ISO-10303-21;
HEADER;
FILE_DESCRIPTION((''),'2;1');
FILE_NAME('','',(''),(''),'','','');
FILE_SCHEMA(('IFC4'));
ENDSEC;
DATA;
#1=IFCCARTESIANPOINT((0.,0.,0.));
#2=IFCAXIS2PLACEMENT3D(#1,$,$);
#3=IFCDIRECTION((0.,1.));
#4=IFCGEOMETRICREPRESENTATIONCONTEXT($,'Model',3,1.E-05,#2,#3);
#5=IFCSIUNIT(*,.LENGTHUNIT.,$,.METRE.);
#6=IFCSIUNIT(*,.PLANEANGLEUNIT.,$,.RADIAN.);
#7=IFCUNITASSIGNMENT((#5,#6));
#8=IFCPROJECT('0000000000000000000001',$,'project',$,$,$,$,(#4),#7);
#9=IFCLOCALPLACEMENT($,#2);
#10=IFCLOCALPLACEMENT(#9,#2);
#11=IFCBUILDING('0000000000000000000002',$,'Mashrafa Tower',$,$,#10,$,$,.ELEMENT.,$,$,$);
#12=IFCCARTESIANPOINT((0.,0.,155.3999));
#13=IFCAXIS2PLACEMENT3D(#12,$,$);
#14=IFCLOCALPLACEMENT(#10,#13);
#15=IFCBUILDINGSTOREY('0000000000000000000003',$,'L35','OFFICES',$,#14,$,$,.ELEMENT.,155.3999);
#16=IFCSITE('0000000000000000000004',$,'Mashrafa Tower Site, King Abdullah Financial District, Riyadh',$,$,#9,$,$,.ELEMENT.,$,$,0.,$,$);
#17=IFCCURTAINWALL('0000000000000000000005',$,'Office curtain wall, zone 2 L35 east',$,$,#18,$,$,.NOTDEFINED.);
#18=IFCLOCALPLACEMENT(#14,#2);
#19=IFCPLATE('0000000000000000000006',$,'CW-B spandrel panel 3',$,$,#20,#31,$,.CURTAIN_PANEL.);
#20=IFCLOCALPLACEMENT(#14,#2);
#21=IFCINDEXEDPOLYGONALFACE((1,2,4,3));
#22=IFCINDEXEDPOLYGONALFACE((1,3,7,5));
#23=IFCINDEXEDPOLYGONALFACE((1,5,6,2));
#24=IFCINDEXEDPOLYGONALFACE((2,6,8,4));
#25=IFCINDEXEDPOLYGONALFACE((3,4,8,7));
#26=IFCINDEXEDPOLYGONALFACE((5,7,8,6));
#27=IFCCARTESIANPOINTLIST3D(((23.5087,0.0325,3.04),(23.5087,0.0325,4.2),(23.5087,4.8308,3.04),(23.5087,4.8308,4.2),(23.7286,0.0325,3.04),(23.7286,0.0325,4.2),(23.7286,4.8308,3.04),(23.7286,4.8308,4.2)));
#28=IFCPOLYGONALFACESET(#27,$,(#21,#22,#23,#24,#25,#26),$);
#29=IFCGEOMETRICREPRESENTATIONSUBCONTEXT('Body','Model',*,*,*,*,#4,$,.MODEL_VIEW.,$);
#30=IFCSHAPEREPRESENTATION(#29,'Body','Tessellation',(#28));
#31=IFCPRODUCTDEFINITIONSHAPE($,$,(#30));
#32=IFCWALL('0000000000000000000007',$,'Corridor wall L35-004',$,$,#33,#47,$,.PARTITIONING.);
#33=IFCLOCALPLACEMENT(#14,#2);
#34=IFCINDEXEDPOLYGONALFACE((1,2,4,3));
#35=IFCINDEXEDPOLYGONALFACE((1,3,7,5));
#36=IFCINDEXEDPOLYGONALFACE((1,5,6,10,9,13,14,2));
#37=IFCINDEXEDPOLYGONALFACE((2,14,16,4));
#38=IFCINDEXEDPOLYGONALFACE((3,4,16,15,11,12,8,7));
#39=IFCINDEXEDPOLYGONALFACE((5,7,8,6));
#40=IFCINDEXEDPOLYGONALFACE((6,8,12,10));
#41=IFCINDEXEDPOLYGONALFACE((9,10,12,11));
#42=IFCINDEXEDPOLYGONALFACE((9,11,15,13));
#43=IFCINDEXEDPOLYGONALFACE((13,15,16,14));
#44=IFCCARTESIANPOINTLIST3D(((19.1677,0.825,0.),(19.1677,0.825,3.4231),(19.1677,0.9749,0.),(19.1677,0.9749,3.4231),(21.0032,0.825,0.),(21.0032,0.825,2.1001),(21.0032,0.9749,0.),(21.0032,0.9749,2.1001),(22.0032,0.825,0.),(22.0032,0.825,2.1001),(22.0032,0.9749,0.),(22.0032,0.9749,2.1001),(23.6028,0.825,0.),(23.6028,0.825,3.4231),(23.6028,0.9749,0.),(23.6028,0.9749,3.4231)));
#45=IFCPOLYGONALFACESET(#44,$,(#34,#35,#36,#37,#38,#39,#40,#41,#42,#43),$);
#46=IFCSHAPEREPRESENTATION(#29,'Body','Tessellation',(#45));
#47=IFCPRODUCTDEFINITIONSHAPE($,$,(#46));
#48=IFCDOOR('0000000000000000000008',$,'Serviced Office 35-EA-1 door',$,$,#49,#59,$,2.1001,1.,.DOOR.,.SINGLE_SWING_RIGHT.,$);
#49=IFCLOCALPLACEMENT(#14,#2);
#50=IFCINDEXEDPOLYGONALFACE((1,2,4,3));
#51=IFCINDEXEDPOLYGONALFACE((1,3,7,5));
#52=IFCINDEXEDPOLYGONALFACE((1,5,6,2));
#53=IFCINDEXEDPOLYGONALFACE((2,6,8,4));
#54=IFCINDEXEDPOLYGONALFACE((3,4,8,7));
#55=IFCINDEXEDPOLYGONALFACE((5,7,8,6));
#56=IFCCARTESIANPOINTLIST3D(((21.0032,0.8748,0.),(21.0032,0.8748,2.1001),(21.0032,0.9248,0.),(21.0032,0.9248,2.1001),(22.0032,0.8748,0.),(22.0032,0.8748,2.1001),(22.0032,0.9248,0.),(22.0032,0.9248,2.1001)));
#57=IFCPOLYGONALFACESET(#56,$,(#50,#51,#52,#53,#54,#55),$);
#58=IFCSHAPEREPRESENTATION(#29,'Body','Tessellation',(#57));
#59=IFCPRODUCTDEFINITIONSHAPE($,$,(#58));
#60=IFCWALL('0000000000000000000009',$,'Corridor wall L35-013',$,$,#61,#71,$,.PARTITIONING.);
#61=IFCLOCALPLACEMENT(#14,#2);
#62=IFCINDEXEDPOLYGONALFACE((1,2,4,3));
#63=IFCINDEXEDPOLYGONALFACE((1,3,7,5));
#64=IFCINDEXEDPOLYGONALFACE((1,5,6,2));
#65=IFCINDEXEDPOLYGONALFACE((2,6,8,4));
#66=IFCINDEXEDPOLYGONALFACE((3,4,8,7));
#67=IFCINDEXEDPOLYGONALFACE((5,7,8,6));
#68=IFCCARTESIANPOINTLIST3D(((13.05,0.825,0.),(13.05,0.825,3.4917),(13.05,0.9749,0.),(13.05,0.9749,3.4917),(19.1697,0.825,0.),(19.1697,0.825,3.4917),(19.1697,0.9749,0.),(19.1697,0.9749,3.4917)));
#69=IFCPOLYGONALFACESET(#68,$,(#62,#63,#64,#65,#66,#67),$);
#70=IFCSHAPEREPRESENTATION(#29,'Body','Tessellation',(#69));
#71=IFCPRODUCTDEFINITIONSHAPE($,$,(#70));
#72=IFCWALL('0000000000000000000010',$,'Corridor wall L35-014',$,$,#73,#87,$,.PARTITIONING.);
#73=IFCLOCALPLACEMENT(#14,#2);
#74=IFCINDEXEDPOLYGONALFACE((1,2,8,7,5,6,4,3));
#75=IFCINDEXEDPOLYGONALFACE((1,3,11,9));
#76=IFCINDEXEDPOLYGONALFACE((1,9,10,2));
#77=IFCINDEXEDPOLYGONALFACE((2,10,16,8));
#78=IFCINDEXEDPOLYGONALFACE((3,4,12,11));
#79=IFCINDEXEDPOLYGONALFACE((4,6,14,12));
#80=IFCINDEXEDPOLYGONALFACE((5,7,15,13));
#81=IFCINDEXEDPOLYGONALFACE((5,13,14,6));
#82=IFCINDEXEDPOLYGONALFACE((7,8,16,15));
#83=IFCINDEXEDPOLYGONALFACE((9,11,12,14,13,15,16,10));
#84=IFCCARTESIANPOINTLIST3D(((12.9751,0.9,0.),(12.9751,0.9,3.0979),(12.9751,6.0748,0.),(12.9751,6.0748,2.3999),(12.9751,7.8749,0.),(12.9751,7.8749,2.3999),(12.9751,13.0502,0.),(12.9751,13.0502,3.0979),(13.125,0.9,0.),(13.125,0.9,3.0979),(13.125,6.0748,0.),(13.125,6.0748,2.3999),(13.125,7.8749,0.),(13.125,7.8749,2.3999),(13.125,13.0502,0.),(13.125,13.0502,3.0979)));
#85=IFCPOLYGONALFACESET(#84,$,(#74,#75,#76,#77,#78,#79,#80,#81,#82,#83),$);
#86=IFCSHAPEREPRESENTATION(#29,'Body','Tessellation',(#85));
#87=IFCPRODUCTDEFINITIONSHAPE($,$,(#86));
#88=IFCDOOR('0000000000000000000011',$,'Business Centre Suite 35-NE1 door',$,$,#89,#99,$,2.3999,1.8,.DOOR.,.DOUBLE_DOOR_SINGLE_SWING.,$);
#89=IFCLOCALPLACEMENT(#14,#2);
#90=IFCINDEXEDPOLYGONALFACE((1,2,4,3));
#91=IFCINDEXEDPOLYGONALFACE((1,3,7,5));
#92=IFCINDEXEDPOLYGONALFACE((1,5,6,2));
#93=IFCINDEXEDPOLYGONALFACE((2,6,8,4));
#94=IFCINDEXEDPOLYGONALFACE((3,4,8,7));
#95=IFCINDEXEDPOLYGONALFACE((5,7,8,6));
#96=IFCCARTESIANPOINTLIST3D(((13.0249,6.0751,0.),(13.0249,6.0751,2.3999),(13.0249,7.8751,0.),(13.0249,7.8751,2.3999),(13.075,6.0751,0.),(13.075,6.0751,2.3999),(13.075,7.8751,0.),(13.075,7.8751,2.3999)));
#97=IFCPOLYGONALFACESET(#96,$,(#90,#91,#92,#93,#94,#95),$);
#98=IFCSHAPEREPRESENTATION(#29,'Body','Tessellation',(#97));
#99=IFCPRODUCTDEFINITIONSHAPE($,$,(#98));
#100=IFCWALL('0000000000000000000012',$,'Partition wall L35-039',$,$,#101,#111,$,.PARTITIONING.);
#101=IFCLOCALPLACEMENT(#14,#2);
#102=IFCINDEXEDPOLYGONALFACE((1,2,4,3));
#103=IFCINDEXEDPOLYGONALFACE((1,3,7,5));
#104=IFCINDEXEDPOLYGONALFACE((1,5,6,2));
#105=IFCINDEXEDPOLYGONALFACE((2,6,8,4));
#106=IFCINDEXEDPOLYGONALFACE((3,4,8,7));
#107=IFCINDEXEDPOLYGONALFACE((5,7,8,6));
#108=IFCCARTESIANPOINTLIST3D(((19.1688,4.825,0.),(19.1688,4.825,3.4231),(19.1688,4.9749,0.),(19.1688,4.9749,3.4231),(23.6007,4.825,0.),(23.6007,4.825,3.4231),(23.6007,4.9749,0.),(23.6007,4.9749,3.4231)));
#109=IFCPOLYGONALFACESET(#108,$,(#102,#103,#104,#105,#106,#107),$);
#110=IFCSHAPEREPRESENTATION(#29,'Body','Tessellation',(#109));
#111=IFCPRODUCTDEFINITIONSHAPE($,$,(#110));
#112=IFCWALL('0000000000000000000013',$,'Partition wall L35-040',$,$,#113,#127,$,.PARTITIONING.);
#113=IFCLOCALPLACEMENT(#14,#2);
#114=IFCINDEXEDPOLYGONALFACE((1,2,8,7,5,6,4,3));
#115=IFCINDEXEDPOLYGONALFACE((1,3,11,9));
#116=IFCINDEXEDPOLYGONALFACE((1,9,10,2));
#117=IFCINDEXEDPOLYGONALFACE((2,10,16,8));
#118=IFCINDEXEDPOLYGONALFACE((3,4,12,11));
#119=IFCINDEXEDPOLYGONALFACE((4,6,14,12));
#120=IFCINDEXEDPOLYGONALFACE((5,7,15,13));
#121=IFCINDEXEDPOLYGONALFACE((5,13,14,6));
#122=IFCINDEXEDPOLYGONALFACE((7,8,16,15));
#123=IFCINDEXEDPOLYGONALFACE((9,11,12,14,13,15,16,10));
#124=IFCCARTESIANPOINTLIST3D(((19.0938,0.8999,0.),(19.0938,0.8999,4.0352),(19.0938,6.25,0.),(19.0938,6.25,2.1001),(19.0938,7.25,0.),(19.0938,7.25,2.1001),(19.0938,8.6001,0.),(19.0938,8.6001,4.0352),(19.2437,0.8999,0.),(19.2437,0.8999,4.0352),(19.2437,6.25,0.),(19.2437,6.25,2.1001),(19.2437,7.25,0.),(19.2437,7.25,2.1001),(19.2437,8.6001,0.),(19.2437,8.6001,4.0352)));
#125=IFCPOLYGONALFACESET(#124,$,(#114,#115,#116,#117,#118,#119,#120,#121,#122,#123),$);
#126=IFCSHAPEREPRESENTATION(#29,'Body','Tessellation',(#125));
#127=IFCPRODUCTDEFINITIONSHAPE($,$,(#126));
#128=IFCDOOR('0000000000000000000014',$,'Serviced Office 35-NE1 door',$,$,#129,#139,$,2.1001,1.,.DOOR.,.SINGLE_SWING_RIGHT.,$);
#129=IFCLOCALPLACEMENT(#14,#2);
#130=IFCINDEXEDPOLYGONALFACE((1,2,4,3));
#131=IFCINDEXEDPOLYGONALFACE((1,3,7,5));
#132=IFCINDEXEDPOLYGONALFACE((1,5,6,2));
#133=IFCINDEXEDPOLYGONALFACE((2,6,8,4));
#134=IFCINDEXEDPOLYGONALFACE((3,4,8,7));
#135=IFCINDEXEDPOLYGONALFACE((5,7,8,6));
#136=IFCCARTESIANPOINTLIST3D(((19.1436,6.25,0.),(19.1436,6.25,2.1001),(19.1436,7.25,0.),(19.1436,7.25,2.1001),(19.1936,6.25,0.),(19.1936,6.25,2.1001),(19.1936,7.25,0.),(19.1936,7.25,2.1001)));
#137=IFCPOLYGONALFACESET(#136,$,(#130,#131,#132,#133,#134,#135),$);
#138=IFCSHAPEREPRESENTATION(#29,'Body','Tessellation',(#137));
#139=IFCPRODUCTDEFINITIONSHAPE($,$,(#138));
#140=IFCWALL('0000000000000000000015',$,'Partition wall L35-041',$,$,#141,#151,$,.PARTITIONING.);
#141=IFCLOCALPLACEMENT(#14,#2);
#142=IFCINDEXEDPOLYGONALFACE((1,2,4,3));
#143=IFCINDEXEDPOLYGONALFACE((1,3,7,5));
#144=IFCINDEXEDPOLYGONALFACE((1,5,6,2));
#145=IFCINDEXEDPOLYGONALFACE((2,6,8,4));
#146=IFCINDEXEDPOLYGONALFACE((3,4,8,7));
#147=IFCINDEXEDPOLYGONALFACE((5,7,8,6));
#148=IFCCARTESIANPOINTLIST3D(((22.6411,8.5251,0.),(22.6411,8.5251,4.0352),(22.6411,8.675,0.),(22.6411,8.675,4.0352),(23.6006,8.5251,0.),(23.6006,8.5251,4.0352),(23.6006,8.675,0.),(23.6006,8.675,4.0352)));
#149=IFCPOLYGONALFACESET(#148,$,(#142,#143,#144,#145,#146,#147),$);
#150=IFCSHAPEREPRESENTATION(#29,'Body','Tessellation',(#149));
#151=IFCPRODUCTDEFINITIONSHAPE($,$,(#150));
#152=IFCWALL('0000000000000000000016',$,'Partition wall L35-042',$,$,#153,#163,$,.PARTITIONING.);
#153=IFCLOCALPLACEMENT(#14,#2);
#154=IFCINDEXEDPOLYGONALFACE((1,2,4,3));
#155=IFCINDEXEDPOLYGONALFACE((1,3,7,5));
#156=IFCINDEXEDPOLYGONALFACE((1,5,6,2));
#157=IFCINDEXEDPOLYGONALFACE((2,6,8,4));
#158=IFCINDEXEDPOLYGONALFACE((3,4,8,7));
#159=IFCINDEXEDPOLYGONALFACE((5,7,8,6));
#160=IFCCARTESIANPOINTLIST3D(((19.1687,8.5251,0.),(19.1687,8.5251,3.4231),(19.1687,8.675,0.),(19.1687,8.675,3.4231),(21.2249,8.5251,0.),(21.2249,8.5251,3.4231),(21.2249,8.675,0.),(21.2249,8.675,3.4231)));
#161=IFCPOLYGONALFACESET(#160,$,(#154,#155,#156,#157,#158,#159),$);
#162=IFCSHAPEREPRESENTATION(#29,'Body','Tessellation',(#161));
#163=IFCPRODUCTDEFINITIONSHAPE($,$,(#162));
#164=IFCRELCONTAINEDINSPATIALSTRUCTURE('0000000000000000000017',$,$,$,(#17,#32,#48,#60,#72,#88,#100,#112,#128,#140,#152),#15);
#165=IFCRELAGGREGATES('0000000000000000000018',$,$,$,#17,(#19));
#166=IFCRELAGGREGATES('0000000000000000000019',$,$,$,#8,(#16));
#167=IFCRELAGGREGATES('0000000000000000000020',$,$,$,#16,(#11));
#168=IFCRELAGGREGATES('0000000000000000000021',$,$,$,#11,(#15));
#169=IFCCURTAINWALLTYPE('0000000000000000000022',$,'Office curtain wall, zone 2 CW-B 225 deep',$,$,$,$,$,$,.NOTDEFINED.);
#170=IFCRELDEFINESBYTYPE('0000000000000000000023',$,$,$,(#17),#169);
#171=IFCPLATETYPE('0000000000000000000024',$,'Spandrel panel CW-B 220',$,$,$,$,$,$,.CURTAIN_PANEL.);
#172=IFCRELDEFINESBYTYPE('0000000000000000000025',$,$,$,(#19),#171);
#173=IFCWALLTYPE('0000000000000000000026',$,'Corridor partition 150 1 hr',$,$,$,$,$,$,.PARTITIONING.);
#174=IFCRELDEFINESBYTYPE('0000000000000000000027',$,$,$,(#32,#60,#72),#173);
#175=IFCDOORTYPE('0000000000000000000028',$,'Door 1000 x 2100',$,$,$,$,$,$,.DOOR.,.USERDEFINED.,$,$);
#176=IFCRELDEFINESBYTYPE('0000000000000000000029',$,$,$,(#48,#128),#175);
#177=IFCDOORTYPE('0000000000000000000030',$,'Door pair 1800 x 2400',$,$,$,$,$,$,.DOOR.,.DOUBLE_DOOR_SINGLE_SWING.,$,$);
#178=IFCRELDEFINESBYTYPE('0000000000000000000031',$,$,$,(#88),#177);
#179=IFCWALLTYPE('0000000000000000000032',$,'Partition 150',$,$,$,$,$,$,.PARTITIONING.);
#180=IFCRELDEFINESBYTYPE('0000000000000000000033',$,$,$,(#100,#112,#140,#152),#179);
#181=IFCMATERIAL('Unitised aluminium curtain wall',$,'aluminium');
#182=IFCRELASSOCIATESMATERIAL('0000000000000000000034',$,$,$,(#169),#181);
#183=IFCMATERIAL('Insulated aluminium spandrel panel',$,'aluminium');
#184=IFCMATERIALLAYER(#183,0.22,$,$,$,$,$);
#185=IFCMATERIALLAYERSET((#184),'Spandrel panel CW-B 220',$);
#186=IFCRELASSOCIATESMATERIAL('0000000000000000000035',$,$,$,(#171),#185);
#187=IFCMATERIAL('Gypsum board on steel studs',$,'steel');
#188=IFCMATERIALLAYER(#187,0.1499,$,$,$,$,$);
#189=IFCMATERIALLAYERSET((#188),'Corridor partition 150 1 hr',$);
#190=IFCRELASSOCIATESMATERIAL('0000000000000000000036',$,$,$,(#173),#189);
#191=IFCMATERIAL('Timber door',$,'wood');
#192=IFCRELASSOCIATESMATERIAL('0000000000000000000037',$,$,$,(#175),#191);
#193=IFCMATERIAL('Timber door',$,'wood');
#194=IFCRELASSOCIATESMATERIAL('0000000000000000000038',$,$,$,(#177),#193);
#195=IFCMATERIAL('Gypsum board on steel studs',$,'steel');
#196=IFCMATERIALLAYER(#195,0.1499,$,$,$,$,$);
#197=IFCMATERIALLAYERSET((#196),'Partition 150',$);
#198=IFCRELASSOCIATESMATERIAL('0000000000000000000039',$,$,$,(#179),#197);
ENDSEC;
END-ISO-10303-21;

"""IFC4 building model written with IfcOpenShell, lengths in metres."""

from ifc_helpers import new_model, si_unit, direction, frame, frame_2d, origin, origin_2d, place, context, subcontext, project, spatial, rectangle, extrude, source, transform, mapped, material, layer, layer_set, type_object, element, fill, aggregate, save


model = new_model("IFC4")

# Units and contexts
model_context = context("Model", 3, precision=1e-05, world=origin(), true_north=direction((0.0, 1.0)))
body_context = subcontext(model_context, "Body", "Model", "MODEL_VIEW")
ifc_project = project(units=[si_unit("LENGTHUNIT", "METRE"), si_unit("PLANEANGLEUNIT", "RADIAN")], contexts=[model_context])

# Site, building, storey
site_placement = place(None, origin())
site = spatial("IfcSite", under=ifc_project, at=site_placement, Name="Mashrafa Tower Site, King Abdullah Financial District, Riyadh", CompositionType="ELEMENT", RefElevation=0.0)
building_placement = place(site_placement, origin())
building = spatial("IfcBuilding", under=site, at=building_placement, Name="Mashrafa Tower", CompositionType="ELEMENT")
storey_placement = place(building_placement, frame((0.0, 0.0, 155.3999)))
storey = spatial("IfcBuildingStorey", under=building, at=storey_placement, Name="L35", Description="OFFICES", CompositionType="ELEMENT", Elevation=155.3999)

# Curtain wall
ifc_material_1 = material(Name="Unitised aluminium curtain wall", Category="aluminium")
curtain_wall_type = type_object("IfcCurtainWallType", Name="Office curtain wall, zone 2 CW-B 225 deep", PredefinedType="NOTDEFINED", material=ifc_material_1)
curtain_wall_1_placement = place(storey_placement, origin())
curtain_wall_1 = element("IfcCurtainWall", 1, at=curtain_wall_1_placement, inside=storey, type_object=curtain_wall_type, Name="Office curtain wall, zone 2 L35 east", PredefinedType="NOTDEFINED")

# Plate
ifc_material_2 = material(Name="Insulated aluminium spandrel panel", Category="aluminium")
ifc_layer_1 = layer(ifc_material_2, 0.22)
ifc_layer_set_1 = layer_set([ifc_layer_1], Name="Spandrel panel CW-B 220")
plate_type_1 = type_object("IfcPlateType", Name="Spandrel panel CW-B 220", PredefinedType="CURTAIN_PANEL", material=ifc_layer_set_1)
shared_shape_1 = source(origin(), body_context, "Body", "SweptSolid", [
    extrude(rectangle(XDim=4.7983, YDim=0.22, at=origin_2d()), origin(), (0.0, 0.0, 1.0), 1.1599),
])
plate_1_placement = place(storey_placement, frame((23.6187, 2.4316, 3.04), z_axis=(0.0, 0.0, 1.0), x_axis=(0.0, 1.0, 0.0)))
plate_1 = element("IfcPlate", 2, at=plate_1_placement, type_object=plate_type_1, Name="CW-B spandrel panel 3", PredefinedType="CURTAIN_PANEL", context=body_context, shape_type="MappedRepresentation", body=[
    mapped(shared_shape_1, transform((0.0, 0.0, 0.0))),
])
aggregate(curtain_wall_1, [plate_1])

# Wall, opening, door
ifc_material_3 = material(Name="Gypsum board on steel studs", Category="steel")
ifc_layer_2 = layer(ifc_material_3, 0.1499)
ifc_layer_set_2 = layer_set([ifc_layer_2], Name="Corridor partition 150 1 hr")
wall_type_1 = type_object("IfcWallType", Name="Corridor partition 150 1 hr", PredefinedType="PARTITIONING", material=ifc_layer_set_2)
wall_1_placement = place(storey_placement, frame((23.6028, 0.8999, 0.0), z_axis=(0.0, 0.0, 1.0), x_axis=(-1.0, 0.0, 0.0)))
wall_1 = element("IfcWall", 3, at=wall_1_placement, inside=storey, type_object=wall_type_1, Name="Corridor wall L35-004", PredefinedType="PARTITIONING", context=body_context, shape_type="SweptSolid", body=[
    extrude(rectangle(XDim=4.4351, YDim=0.1499, at=frame_2d((2.2175, 0.0))), origin(), (0.0, 0.0, 1.0), 3.4231),
])
opening_1_placement = place(wall_1_placement, frame((1.5996, 0.0, 0.0)))
opening_1 = element("IfcOpeningElement", 4, at=opening_1_placement, cuts=wall_1, PredefinedType="OPENING", context=body_context, shape_type="SweptSolid", body=[
    extrude(rectangle(XDim=1.0, YDim=2.1001, at=frame_2d((0.5, 1.05))), frame((0.0, 0.085, 0.0), z_axis=(0.0, -1.0, 0.0), x_axis=(1.0, 0.0, 0.0)), (0.0, 0.0, 1.0), 0.1699),
])
ifc_material_4 = material(Name="Timber door", Category="wood")
door_type_1 = type_object("IfcDoorType", Name="Door 1000 x 2100", OperationType="USERDEFINED", PredefinedType="DOOR", material=ifc_material_4)
door_1_placement = place(opening_1_placement, frame((1.0, 0.0, 0.0), z_axis=(0.0, 0.0, 1.0), x_axis=(-1.0, 0.0, 0.0)))
door_1 = element("IfcDoor", 5, at=door_1_placement, inside=storey, type_object=door_type_1, Name="Serviced Office 35-EA-1 door", OperationType="SINGLE_SWING_RIGHT", OverallHeight=2.1001, OverallWidth=1.0, PredefinedType="DOOR", context=body_context, shape_type="SweptSolid", body=[
    extrude(rectangle(XDim=1.0, YDim=2.1001, at=frame_2d((0.5, 1.05))), frame((0.0, 0.0249, 0.0), z_axis=(0.0, -1.0, 0.0), x_axis=(1.0, 0.0, 0.0)), (0.0, 0.0, 1.0), 0.05),
])
fill(opening_1, door_1)

# Wall
wall_2_placement = place(storey_placement, frame((19.1697, 0.8999, 0.0), z_axis=(0.0, 0.0, 1.0), x_axis=(-1.0, 0.0, 0.0)))
element("IfcWall", 6, at=wall_2_placement, inside=storey, type_object=wall_type_1, Name="Corridor wall L35-013", PredefinedType="PARTITIONING", context=body_context, shape_type="SweptSolid", body=[
    extrude(rectangle(XDim=6.1196, YDim=0.1499, at=frame_2d((3.0598, 0.0))), origin(), (0.0, 0.0, 1.0), 3.4917),
])

# Wall, opening, door
wall_3_placement = place(storey_placement, frame((13.05, 0.8999, 0.0), z_axis=(0.0, 0.0, 1.0), x_axis=(0.0, 1.0, 0.0)))
wall_3 = element("IfcWall", 7, at=wall_3_placement, inside=storey, type_object=wall_type_1, Name="Corridor wall L35-014", PredefinedType="PARTITIONING", context=body_context, shape_type="SweptSolid", body=[
    extrude(rectangle(XDim=12.1501, YDim=0.1499, at=frame_2d((6.0752, 0.0))), origin(), (0.0, 0.0, 1.0), 3.0979),
])
opening_2_placement = place(wall_3_placement, frame((5.175, 0.0, 0.0)))
opening_2 = element("IfcOpeningElement", 8, at=opening_2_placement, cuts=wall_3, PredefinedType="OPENING", context=body_context, shape_type="SweptSolid", body=[
    extrude(rectangle(XDim=1.8, YDim=2.3999, at=frame_2d((0.8999, 1.2))), frame((0.0, 0.085, 0.0), z_axis=(0.0, -1.0, 0.0), x_axis=(1.0, 0.0, 0.0)), (0.0, 0.0, 1.0), 0.1699),
])
ifc_material_5 = material(Name="Timber door", Category="wood")
door_type_2 = type_object("IfcDoorType", Name="Door pair 1800 x 2400", OperationType="DOUBLE_DOOR_SINGLE_SWING", PredefinedType="DOOR", material=ifc_material_5)
door_2_placement = place(opening_2_placement, frame((1.8, 0.0, 0.0), z_axis=(0.0, 0.0, 1.0), x_axis=(-1.0, 0.0, 0.0)))
door_2 = element("IfcDoor", 9, at=door_2_placement, inside=storey, type_object=door_type_2, Name="Business Centre Suite 35-NE1 door", OperationType="DOUBLE_DOOR_SINGLE_SWING", OverallHeight=2.3999, OverallWidth=1.8, PredefinedType="DOOR", context=body_context, shape_type="SweptSolid", body=[
    extrude(rectangle(XDim=1.8, YDim=2.3999, at=frame_2d((0.8999, 1.2))), frame((0.0, 0.0249, 0.0), z_axis=(0.0, -1.0, 0.0), x_axis=(1.0, 0.0, 0.0)), (0.0, 0.0, 1.0), 0.05),
])
fill(opening_2, door_2)

# Wall
ifc_material_6 = material(Name="Gypsum board on steel studs", Category="steel")
ifc_layer_3 = layer(ifc_material_6, 0.1499)
ifc_layer_set_3 = layer_set([ifc_layer_3], Name="Partition 150")
wall_type_2 = type_object("IfcWallType", Name="Partition 150", PredefinedType="PARTITIONING", material=ifc_layer_set_3)
wall_4_placement = place(storey_placement, frame((23.6006, 4.8999, 0.0), z_axis=(0.0, 0.0, 1.0), x_axis=(-1.0, 0.0, 0.0)))
element("IfcWall", 10, at=wall_4_placement, inside=storey, type_object=wall_type_2, Name="Partition wall L35-039", PredefinedType="PARTITIONING", context=body_context, shape_type="SweptSolid", body=[
    extrude(rectangle(XDim=4.4319, YDim=0.1499, at=frame_2d((2.2158, 0.0))), origin(), (0.0, 0.0, 1.0), 3.4231),
])

# Wall, opening, door
wall_5_placement = place(storey_placement, frame((19.1687, 0.8999, 0.0), z_axis=(0.0, 0.0, 1.0), x_axis=(0.0, 1.0, 0.0)))
wall_5 = element("IfcWall", 11, at=wall_5_placement, inside=storey, type_object=wall_type_2, Name="Partition wall L35-040", PredefinedType="PARTITIONING", context=body_context, shape_type="SweptSolid", body=[
    extrude(rectangle(XDim=7.7002, YDim=0.1499, at=frame_2d((3.8501, 0.0))), origin(), (0.0, 0.0, 1.0), 4.0352),
])
opening_3_placement = place(wall_5_placement, frame((5.3501, 0.0, 0.0)))
opening_3 = element("IfcOpeningElement", 12, at=opening_3_placement, cuts=wall_5, PredefinedType="OPENING", context=body_context, shape_type="SweptSolid", body=[
    extrude(rectangle(XDim=1.0, YDim=2.1001, at=frame_2d((0.5, 1.05))), frame((0.0, 0.085, 0.0), z_axis=(0.0, -1.0, 0.0), x_axis=(1.0, 0.0, 0.0)), (0.0, 0.0, 1.0), 0.1699),
])
door_3_placement = place(opening_3_placement, frame((1.0, 0.0, 0.0), z_axis=(0.0, 0.0, 1.0), x_axis=(-1.0, 0.0, 0.0)))
door_3 = element("IfcDoor", 13, at=door_3_placement, inside=storey, type_object=door_type_1, Name="Serviced Office 35-NE1 door", OperationType="SINGLE_SWING_RIGHT", OverallHeight=2.1001, OverallWidth=1.0, PredefinedType="DOOR", context=body_context, shape_type="SweptSolid", body=[
    extrude(rectangle(XDim=1.0, YDim=2.1001, at=frame_2d((0.5, 1.05))), frame((0.0, 0.0249, 0.0), z_axis=(0.0, -1.0, 0.0), x_axis=(1.0, 0.0, 0.0)), (0.0, 0.0, 1.0), 0.05),
])
fill(opening_3, door_3)

# Walls
wall_6_placement = place(storey_placement, frame((23.6006, 8.6001, 0.0), z_axis=(0.0, 0.0, 1.0), x_axis=(-1.0, 0.0, 0.0)))
element("IfcWall", 14, at=wall_6_placement, inside=storey, type_object=wall_type_2, Name="Partition wall L35-041", PredefinedType="PARTITIONING", context=body_context, shape_type="SweptSolid", body=[
    extrude(rectangle(XDim=0.9595, YDim=0.1499, at=frame_2d((0.4797, 0.0))), origin(), (0.0, 0.0, 1.0), 4.0352),
])
wall_7_placement = place(storey_placement, frame((21.2249, 8.6001, 0.0), z_axis=(0.0, 0.0, 1.0), x_axis=(-1.0, 0.0, 0.0)))
element("IfcWall", 15, at=wall_7_placement, inside=storey, type_object=wall_type_2, Name="Partition wall L35-042", PredefinedType="PARTITIONING", context=body_context, shape_type="SweptSolid", body=[
    extrude(rectangle(XDim=2.0562, YDim=0.1499, at=frame_2d((1.0281, 0.0))), origin(), (0.0, 0.0, 1.0), 3.4231),
])

save(model, "model.ifc")
